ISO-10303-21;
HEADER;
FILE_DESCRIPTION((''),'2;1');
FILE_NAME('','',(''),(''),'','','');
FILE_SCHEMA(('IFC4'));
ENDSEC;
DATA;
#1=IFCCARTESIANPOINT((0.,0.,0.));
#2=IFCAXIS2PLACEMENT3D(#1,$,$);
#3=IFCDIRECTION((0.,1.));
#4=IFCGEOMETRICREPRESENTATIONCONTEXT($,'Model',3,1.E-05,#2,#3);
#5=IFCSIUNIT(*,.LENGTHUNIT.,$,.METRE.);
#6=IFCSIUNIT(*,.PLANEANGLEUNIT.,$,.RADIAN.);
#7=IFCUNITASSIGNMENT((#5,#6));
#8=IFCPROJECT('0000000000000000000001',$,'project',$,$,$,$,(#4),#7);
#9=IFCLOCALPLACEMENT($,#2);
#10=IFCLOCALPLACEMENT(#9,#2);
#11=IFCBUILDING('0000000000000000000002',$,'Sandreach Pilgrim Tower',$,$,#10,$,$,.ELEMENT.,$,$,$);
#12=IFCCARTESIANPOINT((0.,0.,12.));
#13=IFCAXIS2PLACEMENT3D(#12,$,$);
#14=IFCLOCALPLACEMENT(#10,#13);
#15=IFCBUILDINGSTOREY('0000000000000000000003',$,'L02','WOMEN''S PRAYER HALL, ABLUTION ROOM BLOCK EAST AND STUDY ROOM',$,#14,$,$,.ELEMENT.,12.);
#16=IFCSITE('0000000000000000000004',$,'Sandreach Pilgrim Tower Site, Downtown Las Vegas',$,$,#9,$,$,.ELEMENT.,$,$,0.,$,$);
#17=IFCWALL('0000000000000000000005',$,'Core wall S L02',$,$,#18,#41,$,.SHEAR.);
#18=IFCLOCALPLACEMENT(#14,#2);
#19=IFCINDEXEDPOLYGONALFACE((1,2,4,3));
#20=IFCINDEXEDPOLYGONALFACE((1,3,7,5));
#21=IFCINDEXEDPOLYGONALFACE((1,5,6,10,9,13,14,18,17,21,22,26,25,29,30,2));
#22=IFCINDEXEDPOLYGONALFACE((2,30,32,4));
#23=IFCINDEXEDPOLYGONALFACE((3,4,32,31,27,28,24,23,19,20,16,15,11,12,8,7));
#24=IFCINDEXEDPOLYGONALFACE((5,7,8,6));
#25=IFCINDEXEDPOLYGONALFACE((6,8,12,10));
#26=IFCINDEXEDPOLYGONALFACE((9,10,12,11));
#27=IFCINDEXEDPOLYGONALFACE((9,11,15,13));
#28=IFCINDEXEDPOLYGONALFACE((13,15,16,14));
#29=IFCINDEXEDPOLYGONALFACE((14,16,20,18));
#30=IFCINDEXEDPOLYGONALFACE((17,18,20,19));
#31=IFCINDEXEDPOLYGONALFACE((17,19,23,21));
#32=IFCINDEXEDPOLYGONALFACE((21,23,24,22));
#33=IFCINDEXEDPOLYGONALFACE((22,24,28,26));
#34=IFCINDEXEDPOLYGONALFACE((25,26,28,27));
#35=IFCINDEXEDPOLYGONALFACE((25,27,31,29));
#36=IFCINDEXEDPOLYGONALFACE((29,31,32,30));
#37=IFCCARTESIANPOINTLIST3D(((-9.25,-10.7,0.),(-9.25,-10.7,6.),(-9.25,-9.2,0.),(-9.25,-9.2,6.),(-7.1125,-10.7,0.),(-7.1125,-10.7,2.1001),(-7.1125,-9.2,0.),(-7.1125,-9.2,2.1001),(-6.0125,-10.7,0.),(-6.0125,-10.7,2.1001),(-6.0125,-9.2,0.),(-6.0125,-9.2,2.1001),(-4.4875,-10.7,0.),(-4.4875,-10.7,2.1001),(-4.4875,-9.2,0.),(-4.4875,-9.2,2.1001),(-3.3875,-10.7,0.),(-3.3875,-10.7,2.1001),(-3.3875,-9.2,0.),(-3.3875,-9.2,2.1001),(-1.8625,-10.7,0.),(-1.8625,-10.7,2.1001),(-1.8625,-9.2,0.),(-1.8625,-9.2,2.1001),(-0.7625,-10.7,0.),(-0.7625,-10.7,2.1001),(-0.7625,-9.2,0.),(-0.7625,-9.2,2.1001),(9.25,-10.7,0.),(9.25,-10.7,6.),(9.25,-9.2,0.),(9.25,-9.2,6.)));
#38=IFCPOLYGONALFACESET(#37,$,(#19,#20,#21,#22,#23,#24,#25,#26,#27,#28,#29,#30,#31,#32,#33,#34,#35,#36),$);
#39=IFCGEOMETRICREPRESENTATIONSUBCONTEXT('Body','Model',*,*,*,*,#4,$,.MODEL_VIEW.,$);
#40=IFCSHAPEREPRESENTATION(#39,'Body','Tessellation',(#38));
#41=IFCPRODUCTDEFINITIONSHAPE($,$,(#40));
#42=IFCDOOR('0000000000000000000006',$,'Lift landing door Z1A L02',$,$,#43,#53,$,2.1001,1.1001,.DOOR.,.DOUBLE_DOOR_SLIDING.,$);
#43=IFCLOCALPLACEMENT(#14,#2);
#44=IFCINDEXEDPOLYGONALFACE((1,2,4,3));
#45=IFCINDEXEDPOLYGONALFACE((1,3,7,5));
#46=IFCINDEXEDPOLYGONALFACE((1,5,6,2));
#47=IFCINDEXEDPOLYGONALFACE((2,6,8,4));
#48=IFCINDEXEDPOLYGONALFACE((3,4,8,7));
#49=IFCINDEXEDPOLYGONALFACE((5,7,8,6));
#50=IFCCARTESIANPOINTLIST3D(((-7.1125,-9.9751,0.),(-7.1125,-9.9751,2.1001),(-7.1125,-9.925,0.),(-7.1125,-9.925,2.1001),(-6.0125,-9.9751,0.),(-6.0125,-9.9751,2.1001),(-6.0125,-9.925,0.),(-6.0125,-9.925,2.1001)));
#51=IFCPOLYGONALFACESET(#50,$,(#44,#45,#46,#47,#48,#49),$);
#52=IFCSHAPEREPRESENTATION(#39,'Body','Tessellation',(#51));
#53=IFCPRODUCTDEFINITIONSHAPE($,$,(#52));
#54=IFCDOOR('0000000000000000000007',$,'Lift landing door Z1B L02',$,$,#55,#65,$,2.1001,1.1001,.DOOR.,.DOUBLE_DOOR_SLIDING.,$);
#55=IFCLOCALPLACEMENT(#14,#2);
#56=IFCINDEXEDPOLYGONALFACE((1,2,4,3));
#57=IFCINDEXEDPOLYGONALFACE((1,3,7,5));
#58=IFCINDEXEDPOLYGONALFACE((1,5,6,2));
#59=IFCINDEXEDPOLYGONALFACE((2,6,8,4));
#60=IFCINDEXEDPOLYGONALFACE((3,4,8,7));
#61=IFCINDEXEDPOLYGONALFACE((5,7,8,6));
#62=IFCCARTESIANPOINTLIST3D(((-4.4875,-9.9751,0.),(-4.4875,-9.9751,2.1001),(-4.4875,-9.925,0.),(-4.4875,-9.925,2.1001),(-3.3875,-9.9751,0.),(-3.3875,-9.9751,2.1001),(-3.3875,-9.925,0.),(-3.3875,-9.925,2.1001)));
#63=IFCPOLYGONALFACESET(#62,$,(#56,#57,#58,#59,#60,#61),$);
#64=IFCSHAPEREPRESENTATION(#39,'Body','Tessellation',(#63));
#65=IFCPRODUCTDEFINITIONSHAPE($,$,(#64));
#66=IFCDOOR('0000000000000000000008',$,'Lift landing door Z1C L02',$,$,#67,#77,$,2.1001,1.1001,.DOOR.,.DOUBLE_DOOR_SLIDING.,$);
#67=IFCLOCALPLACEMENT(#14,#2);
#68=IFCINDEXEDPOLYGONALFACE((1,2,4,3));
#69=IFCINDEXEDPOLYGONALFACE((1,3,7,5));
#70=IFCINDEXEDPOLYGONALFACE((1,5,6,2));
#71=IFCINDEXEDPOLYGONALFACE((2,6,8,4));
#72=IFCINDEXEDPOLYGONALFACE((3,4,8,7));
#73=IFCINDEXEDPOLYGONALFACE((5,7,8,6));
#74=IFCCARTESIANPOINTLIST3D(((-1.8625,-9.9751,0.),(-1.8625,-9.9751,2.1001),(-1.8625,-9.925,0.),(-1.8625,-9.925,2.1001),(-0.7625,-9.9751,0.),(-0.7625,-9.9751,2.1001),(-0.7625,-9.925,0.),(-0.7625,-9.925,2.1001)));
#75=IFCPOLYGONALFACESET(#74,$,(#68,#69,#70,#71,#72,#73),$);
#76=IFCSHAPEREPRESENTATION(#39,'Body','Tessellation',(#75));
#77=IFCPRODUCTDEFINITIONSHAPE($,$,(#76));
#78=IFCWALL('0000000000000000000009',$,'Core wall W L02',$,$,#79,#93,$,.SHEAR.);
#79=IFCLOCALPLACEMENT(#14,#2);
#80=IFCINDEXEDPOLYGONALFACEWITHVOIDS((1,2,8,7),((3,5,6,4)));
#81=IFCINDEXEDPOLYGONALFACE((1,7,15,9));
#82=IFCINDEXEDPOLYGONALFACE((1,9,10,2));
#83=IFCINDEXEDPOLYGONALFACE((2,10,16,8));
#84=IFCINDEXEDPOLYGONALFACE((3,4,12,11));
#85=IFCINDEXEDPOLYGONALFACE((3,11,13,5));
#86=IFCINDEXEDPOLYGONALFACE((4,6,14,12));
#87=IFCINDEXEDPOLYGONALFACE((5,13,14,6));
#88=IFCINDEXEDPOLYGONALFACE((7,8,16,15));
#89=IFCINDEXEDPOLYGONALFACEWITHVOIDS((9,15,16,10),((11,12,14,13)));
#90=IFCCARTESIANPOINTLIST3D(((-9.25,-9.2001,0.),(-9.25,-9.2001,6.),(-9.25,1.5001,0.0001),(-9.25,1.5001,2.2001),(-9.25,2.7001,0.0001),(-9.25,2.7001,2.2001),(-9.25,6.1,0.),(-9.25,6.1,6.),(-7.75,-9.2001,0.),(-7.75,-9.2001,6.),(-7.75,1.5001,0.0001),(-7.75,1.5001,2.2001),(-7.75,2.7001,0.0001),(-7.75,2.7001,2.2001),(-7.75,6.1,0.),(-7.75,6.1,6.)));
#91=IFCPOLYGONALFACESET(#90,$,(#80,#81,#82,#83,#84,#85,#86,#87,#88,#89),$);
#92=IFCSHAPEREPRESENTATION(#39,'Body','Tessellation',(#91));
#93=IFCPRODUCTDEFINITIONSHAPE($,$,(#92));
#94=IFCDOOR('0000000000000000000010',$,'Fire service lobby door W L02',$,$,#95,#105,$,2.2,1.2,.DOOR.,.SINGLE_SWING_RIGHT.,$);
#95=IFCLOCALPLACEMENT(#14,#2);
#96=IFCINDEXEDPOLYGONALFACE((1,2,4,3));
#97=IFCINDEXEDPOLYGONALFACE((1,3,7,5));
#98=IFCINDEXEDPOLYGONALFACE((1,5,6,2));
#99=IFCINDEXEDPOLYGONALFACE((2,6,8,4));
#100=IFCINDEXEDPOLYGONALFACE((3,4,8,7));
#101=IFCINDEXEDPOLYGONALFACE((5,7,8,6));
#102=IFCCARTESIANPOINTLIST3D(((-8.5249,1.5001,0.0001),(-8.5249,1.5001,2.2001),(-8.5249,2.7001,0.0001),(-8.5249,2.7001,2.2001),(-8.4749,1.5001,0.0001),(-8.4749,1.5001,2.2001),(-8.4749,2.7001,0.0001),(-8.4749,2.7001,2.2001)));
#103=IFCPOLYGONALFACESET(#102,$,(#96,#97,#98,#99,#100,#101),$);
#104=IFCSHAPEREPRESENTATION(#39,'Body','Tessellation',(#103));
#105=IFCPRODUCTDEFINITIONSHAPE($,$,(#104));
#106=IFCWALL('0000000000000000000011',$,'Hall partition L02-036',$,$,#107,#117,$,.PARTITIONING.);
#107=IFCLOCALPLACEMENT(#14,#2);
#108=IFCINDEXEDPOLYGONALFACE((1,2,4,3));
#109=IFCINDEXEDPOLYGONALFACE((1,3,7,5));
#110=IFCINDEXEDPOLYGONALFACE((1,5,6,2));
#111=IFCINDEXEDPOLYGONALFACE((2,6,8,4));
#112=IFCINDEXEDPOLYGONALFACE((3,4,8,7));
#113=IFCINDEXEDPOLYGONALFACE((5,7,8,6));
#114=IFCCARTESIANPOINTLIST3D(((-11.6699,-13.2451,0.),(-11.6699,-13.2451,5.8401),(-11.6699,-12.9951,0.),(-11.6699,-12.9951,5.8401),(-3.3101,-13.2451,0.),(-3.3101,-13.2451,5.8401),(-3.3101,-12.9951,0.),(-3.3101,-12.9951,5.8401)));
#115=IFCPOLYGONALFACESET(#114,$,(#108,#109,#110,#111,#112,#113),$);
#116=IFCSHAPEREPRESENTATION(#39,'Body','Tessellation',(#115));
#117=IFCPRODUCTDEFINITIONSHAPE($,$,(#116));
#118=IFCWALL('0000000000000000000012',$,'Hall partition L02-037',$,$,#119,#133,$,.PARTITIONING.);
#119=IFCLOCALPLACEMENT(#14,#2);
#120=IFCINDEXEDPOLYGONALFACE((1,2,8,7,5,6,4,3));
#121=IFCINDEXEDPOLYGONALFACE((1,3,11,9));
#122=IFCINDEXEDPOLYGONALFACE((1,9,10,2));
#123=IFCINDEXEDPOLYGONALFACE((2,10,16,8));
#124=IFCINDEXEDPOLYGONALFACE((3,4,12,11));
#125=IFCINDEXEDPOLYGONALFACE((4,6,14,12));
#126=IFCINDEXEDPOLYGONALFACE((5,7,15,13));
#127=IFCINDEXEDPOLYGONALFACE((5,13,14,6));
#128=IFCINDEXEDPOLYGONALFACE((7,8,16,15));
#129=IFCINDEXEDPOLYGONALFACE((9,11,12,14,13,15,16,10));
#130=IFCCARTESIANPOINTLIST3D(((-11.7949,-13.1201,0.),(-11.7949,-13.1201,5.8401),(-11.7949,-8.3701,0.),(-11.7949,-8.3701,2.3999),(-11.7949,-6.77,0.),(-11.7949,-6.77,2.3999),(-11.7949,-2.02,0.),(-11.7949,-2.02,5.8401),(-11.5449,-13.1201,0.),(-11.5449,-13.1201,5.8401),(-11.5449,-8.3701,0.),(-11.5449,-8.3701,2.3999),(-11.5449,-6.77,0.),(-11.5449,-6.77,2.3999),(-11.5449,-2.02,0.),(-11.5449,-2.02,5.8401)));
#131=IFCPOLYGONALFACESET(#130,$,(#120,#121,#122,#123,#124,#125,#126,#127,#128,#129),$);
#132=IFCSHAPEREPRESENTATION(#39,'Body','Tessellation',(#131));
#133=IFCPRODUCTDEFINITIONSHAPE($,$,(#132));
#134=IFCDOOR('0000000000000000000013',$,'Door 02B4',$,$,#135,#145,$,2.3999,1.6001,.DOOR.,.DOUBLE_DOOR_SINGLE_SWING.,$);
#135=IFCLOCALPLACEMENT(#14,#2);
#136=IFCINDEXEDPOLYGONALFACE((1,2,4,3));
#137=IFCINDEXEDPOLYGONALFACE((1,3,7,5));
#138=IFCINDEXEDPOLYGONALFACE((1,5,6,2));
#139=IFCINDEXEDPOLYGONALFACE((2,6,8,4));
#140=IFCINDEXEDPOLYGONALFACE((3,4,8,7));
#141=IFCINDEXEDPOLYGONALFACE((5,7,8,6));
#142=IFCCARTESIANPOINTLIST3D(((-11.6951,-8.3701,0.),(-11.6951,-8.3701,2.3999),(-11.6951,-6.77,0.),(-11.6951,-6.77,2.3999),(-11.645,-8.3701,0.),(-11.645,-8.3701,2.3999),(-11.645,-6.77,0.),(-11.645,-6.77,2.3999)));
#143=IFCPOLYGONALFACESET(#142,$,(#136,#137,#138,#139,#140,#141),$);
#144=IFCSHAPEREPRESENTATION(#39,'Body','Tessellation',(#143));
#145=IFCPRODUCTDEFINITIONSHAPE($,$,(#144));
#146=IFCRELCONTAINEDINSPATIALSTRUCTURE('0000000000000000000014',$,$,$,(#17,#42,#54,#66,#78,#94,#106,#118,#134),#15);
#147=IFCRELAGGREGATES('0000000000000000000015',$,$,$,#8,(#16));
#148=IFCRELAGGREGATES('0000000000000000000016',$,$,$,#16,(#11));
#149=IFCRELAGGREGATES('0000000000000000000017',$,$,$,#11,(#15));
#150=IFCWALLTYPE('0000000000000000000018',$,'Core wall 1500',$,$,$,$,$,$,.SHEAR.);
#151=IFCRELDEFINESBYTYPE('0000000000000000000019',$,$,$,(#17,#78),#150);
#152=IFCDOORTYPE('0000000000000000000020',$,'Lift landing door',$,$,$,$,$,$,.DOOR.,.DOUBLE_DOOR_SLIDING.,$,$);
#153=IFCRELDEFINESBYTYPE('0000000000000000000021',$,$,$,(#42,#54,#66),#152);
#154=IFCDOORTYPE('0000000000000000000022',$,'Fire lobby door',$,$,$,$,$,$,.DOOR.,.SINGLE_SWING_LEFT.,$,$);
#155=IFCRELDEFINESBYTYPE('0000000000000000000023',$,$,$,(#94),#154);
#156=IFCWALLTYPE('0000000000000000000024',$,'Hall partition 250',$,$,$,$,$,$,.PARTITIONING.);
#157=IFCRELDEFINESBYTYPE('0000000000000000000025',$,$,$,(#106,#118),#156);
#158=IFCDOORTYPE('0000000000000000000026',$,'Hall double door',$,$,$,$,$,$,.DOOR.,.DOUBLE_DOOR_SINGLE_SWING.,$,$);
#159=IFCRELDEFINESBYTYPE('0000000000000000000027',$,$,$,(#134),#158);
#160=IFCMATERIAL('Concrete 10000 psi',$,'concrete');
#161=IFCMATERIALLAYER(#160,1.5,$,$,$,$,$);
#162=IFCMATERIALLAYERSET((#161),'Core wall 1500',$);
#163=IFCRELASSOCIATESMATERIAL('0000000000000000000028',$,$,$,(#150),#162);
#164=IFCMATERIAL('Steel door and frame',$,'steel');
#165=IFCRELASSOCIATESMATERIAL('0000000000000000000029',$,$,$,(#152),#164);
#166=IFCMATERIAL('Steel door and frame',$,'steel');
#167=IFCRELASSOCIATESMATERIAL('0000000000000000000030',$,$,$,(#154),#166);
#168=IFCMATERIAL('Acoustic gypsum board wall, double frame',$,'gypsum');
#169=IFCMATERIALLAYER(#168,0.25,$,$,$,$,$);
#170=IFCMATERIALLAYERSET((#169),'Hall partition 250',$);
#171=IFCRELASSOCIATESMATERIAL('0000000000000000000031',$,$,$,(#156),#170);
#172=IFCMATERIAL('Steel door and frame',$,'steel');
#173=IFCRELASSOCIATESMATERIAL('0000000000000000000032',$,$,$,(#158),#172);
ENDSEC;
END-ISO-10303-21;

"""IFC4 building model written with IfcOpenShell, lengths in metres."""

from ifc_helpers import new_model, si_unit, direction, frame, frame_2d, origin, place, context, subcontext, project, spatial, rectangle, extrude, material, layer, layer_set, type_object, element, fill, save


model = new_model("IFC4")

# Units and contexts
model_context = context("Model", 3, precision=1e-05, world=origin(), true_north=direction((0.0, 1.0)))
body_context = subcontext(model_context, "Body", "Model", "MODEL_VIEW")
ifc_project = project(units=[si_unit("LENGTHUNIT", "METRE"), si_unit("PLANEANGLEUNIT", "RADIAN")], contexts=[model_context])

# Site, building, storey
site_placement = place(None, origin())
site = spatial("IfcSite", under=ifc_project, at=site_placement, Name="Sandreach Pilgrim Tower Site, Downtown Las Vegas", CompositionType="ELEMENT", RefElevation=0.0)
building_placement = place(site_placement, origin())
building = spatial("IfcBuilding", under=site, at=building_placement, Name="Sandreach Pilgrim Tower", CompositionType="ELEMENT")
storey_placement = place(building_placement, frame((0.0, 0.0, 12.0)))
storey = spatial("IfcBuildingStorey", under=building, at=storey_placement, Name="L02", Description="WOMEN'S PRAYER HALL, ABLUTION ROOM BLOCK EAST AND STUDY ROOM", CompositionType="ELEMENT", Elevation=12.0)

# Wall, openings, doors
ifc_material_1 = material(Name="Concrete 10000 psi", Category="concrete")
ifc_layer_1 = layer(ifc_material_1, 1.5)
ifc_layer_set_1 = layer_set([ifc_layer_1], Name="Core wall 1500")
wall_type_1 = type_object("IfcWallType", Name="Core wall 1500", PredefinedType="SHEAR", material=ifc_layer_set_1)
wall_1_placement = place(storey_placement, frame((-9.25, -9.95, 0.0), z_axis=(0.0, 0.0, 1.0), x_axis=(1.0, 0.0, 0.0)))
wall_1 = element("IfcWall", 1, at=wall_1_placement, inside=storey, type_object=wall_type_1, Name="Core wall S L02", PredefinedType="SHEAR", context=body_context, shape_type="SweptSolid", body=[
    extrude(rectangle(XDim=18.5, YDim=1.5, at=frame_2d((9.25, 0.0))), origin(), (0.0, 0.0, 1.0), 6.0),
])
opening_1_placement = place(wall_1_placement, frame((2.1375, 0.0, 0.0)))
opening_1 = element("IfcOpeningElement", 2, at=opening_1_placement, cuts=wall_1, PredefinedType="OPENING", context=body_context, shape_type="SweptSolid", body=[
    extrude(rectangle(XDim=1.1001, YDim=2.1001, at=frame_2d((0.55, 1.05))), frame((0.0, 0.75, 0.0), z_axis=(0.0, -1.0, 0.0), x_axis=(1.0, 0.0, 0.0)), (0.0, 0.0, 1.0), 1.5),
])
opening_2_placement = place(wall_1_placement, frame((4.7625, 0.0, 0.0)))
opening_2 = element("IfcOpeningElement", 3, at=opening_2_placement, cuts=wall_1, PredefinedType="OPENING", context=body_context, shape_type="SweptSolid", body=[
    extrude(rectangle(XDim=1.1001, YDim=2.1001, at=frame_2d((0.55, 1.05))), frame((0.0, 0.75, 0.0), z_axis=(0.0, -1.0, 0.0), x_axis=(1.0, 0.0, 0.0)), (0.0, 0.0, 1.0), 1.5),
])
opening_3_placement = place(wall_1_placement, frame((7.3875, 0.0, 0.0)))
opening_3 = element("IfcOpeningElement", 4, at=opening_3_placement, cuts=wall_1, PredefinedType="OPENING", context=body_context, shape_type="SweptSolid", body=[
    extrude(rectangle(XDim=1.1001, YDim=2.1001, at=frame_2d((0.55, 1.05))), frame((0.0, 0.75, 0.0), z_axis=(0.0, -1.0, 0.0), x_axis=(1.0, 0.0, 0.0)), (0.0, 0.0, 1.0), 1.5),
])
ifc_material_2 = material(Name="Steel door and frame", Category="steel")
door_type_1 = type_object("IfcDoorType", Name="Lift landing door", OperationType="DOUBLE_DOOR_SLIDING", PredefinedType="DOOR", material=ifc_material_2)
door_1_placement = place(opening_1_placement, origin())
door_1 = element("IfcDoor", 5, at=door_1_placement, inside=storey, type_object=door_type_1, Name="Lift landing door Z1A L02", OperationType="DOUBLE_DOOR_SLIDING", OverallHeight=2.1001, OverallWidth=1.1001, PredefinedType="DOOR", context=body_context, shape_type="SweptSolid", body=[
    extrude(rectangle(XDim=1.1001, YDim=2.1001, at=frame_2d((0.55, 1.05))), frame((0.0, 0.0249, 0.0), z_axis=(0.0, -1.0, 0.0), x_axis=(1.0, 0.0, 0.0)), (0.0, 0.0, 1.0), 0.05),
])
fill(opening_1, door_1)
door_2_placement = place(opening_2_placement, origin())
door_2 = element("IfcDoor", 6, at=door_2_placement, inside=storey, type_object=door_type_1, Name="Lift landing door Z1B L02", OperationType="DOUBLE_DOOR_SLIDING", OverallHeight=2.1001, OverallWidth=1.1001, PredefinedType="DOOR", context=body_context, shape_type="SweptSolid", body=[
    extrude(rectangle(XDim=1.1001, YDim=2.1001, at=frame_2d((0.55, 1.05))), frame((0.0, 0.0249, 0.0), z_axis=(0.0, -1.0, 0.0), x_axis=(1.0, 0.0, 0.0)), (0.0, 0.0, 1.0), 0.05),
])
fill(opening_2, door_2)
door_3_placement = place(opening_3_placement, origin())
door_3 = element("IfcDoor", 7, at=door_3_placement, inside=storey, type_object=door_type_1, Name="Lift landing door Z1C L02", OperationType="DOUBLE_DOOR_SLIDING", OverallHeight=2.1001, OverallWidth=1.1001, PredefinedType="DOOR", context=body_context, shape_type="SweptSolid", body=[
    extrude(rectangle(XDim=1.1001, YDim=2.1001, at=frame_2d((0.55, 1.05))), frame((0.0, 0.0249, 0.0), z_axis=(0.0, -1.0, 0.0), x_axis=(1.0, 0.0, 0.0)), (0.0, 0.0, 1.0), 0.05),
])
fill(opening_3, door_3)

# Wall, opening, door
wall_2_placement = place(storey_placement, frame((-8.5, -9.2, 0.0), z_axis=(0.0, 0.0, 1.0), x_axis=(0.0, 1.0, 0.0)))
wall_2 = element("IfcWall", 8, at=wall_2_placement, inside=storey, type_object=wall_type_1, Name="Core wall W L02", PredefinedType="SHEAR", context=body_context, shape_type="SweptSolid", body=[
    extrude(rectangle(XDim=15.3, YDim=1.5, at=frame_2d((7.6499, 0.0))), origin(), (0.0, 0.0, 1.0), 6.0),
])
opening_4_placement = place(wall_2_placement, frame((10.7, 0.0, 0.0)))
opening_4 = element("IfcOpeningElement", 9, at=opening_4_placement, cuts=wall_2, PredefinedType="OPENING", context=body_context, shape_type="SweptSolid", body=[
    extrude(rectangle(XDim=1.2, YDim=2.2, at=frame_2d((0.6001, 1.1001))), frame((0.0, 0.75, 0.0), z_axis=(0.0, -1.0, 0.0), x_axis=(1.0, 0.0, 0.0)), (0.0, 0.0, 1.0), 1.5),
])
ifc_material_3 = material(Name="Steel door and frame", Category="steel")
door_type_2 = type_object("IfcDoorType", Name="Fire lobby door", OperationType="SINGLE_SWING_LEFT", PredefinedType="DOOR", material=ifc_material_3)
door_4_placement = place(opening_4_placement, origin())
door_4 = element("IfcDoor", 10, at=door_4_placement, inside=storey, type_object=door_type_2, Name="Fire service lobby door W L02", OperationType="SINGLE_SWING_RIGHT", OverallHeight=2.2, OverallWidth=1.2, PredefinedType="DOOR", context=body_context, shape_type="SweptSolid", body=[
    extrude(rectangle(XDim=1.2, YDim=2.2, at=frame_2d((0.6001, 1.1001))), frame((0.0, 0.0249, 0.0), z_axis=(0.0, -1.0, 0.0), x_axis=(1.0, 0.0, 0.0)), (0.0, 0.0, 1.0), 0.05),
])
fill(opening_4, door_4)

# Wall
ifc_material_4 = material(Name="Acoustic gypsum board wall, double frame", Category="gypsum")
ifc_layer_2 = layer(ifc_material_4, 0.25)
ifc_layer_set_2 = layer_set([ifc_layer_2], Name="Hall partition 250")
wall_type_2 = type_object("IfcWallType", Name="Hall partition 250", PredefinedType="PARTITIONING", material=ifc_layer_set_2)
wall_3_placement = place(storey_placement, frame((-11.6699, -13.1201, 0.0), z_axis=(0.0, 0.0, 1.0), x_axis=(1.0, 0.0, 0.0)))
element("IfcWall", 11, at=wall_3_placement, inside=storey, type_object=wall_type_2, Name="Hall partition L02-036", PredefinedType="PARTITIONING", context=body_context, shape_type="SweptSolid", body=[
    extrude(rectangle(XDim=8.3599, YDim=0.25, at=frame_2d((4.1799, 0.0))), origin(), (0.0, 0.0, 1.0), 5.8401),
])

# Wall, opening, door
wall_4_placement = place(storey_placement, frame((-11.6699, -2.02, 0.0), z_axis=(0.0, 0.0, 1.0), x_axis=(0.0, -1.0, 0.0)))
wall_4 = element("IfcWall", 12, at=wall_4_placement, inside=storey, type_object=wall_type_2, Name="Hall partition L02-037", PredefinedType="PARTITIONING", context=body_context, shape_type="SweptSolid", body=[
    extrude(rectangle(XDim=11.1001, YDim=0.25, at=frame_2d((5.55, 0.0))), origin(), (0.0, 0.0, 1.0), 5.8401),
])
opening_5_placement = place(wall_4_placement, frame((4.75, 0.0, 0.0)))
opening_5 = element("IfcOpeningElement", 13, at=opening_5_placement, cuts=wall_4, PredefinedType="OPENING", context=body_context, shape_type="SweptSolid", body=[
    extrude(rectangle(XDim=1.6001, YDim=2.3999, at=frame_2d((0.8, 1.2))), frame((0.0, 0.125, 0.0), z_axis=(0.0, -1.0, 0.0), x_axis=(1.0, 0.0, 0.0)), (0.0, 0.0, 1.0), 0.25),
])
ifc_material_5 = material(Name="Steel door and frame", Category="steel")
door_type_3 = type_object("IfcDoorType", Name="Hall double door", OperationType="DOUBLE_DOOR_SINGLE_SWING", PredefinedType="DOOR", material=ifc_material_5)
door_5_placement = place(opening_5_placement, origin())
door_5 = element("IfcDoor", 14, at=door_5_placement, inside=storey, type_object=door_type_3, Name="Door 02B4", OperationType="DOUBLE_DOOR_SINGLE_SWING", OverallHeight=2.3999, OverallWidth=1.6001, PredefinedType="DOOR", context=body_context, shape_type="SweptSolid", body=[
    extrude(rectangle(XDim=1.6001, YDim=2.3999, at=frame_2d((0.8, 1.2))), frame((0.0, 0.0249, 0.0), z_axis=(0.0, -1.0, 0.0), x_axis=(1.0, 0.0, 0.0)), (0.0, 0.0, 1.0), 0.05),
])
fill(opening_5, door_5)

save(model, "model.ifc")
